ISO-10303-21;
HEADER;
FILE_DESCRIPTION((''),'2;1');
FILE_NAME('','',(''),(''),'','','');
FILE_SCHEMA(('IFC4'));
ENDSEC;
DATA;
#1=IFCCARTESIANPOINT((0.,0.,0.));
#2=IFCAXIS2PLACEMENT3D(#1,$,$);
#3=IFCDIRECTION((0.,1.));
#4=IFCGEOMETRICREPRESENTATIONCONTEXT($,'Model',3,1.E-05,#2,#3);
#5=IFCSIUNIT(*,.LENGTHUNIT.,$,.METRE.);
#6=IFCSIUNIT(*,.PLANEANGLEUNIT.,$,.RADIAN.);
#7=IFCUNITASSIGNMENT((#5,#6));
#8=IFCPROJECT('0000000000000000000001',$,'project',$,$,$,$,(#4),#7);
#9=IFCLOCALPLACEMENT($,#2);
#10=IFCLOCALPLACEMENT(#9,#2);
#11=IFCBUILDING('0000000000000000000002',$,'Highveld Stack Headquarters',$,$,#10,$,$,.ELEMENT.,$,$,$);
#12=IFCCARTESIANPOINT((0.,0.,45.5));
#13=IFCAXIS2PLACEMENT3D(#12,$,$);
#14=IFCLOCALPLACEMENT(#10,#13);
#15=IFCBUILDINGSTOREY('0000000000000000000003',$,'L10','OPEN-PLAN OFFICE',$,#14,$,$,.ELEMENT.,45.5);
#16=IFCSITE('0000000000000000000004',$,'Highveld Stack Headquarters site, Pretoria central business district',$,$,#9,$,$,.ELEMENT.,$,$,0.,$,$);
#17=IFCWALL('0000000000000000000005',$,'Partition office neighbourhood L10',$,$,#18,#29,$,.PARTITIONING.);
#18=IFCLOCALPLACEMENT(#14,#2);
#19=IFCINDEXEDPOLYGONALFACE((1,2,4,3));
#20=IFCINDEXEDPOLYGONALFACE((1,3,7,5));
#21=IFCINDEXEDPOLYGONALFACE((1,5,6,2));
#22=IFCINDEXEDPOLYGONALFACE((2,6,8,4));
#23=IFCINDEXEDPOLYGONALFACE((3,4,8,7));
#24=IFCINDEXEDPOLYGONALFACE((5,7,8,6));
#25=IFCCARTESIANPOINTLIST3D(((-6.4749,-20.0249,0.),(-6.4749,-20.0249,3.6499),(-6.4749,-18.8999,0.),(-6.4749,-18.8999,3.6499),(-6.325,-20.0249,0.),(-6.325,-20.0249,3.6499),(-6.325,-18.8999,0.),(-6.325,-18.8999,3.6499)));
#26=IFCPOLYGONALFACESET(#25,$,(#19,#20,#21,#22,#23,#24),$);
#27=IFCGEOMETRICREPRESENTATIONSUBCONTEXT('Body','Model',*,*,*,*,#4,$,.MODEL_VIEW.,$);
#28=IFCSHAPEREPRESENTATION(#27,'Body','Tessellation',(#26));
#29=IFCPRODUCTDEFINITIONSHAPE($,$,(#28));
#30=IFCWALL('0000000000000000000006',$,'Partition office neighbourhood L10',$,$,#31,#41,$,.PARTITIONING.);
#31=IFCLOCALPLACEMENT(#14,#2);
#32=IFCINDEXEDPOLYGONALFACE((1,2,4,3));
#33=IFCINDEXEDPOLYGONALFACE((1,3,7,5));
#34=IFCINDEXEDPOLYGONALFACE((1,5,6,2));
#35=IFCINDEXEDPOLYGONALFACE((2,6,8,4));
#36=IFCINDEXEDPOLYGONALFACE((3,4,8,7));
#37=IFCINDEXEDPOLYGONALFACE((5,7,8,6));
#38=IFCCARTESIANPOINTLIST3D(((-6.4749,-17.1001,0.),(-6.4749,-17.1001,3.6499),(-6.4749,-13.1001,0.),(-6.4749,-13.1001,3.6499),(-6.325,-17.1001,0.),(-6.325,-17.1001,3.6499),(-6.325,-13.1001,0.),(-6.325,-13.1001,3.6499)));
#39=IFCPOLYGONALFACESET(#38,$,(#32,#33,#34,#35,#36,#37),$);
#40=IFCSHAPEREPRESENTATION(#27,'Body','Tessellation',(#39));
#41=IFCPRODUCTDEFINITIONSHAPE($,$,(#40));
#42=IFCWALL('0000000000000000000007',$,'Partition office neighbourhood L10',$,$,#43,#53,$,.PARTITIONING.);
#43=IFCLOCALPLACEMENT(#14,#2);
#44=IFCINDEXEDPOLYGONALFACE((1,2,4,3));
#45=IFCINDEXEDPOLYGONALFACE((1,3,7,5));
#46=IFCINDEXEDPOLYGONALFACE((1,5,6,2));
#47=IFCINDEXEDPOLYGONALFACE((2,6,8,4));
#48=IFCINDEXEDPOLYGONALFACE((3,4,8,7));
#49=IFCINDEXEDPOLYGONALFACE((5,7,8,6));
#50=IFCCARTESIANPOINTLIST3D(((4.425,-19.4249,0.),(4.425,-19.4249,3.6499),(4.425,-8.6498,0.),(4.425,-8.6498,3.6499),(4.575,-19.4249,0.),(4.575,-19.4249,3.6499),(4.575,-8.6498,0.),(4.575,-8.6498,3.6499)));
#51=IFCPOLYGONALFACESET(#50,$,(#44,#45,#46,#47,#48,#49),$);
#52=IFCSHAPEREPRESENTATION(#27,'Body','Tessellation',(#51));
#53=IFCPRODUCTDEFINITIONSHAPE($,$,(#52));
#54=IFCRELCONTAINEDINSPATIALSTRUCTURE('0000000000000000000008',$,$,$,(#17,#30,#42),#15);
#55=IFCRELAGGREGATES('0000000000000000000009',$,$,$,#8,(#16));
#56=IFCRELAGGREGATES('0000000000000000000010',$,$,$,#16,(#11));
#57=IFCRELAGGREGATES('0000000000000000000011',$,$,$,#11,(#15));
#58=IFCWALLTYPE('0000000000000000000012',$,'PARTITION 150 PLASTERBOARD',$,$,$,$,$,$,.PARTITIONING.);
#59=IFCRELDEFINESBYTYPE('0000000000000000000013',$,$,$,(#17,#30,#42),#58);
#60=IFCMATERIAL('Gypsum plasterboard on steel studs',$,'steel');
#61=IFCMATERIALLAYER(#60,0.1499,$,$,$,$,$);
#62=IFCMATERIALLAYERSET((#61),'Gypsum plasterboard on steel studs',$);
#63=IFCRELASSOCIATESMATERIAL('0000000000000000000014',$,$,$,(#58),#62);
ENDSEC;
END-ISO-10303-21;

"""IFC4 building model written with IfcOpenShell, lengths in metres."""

from ifc_helpers import new_model, si_unit, direction, frame, frame_2d, origin, place, context, subcontext, project, spatial, rectangle, extrude, material, layer, layer_set, type_object, element, save


model = new_model("IFC4")

# Units and contexts
model_context = context("Model", 3, precision=1e-05, world=origin(), true_north=direction((0.0, 1.0)))
body_context = subcontext(model_context, "Body", "Model", "MODEL_VIEW")
ifc_project = project(units=[si_unit("LENGTHUNIT", "METRE"), si_unit("PLANEANGLEUNIT", "RADIAN")], contexts=[model_context])

# Site, building, storey
site_placement = place(None, origin())
site = spatial("IfcSite", under=ifc_project, at=site_placement, Name="Highveld Stack Headquarters site, Pretoria central business district", CompositionType="ELEMENT", RefElevation=0.0)
building_placement = place(site_placement, origin())
building = spatial("IfcBuilding", under=site, at=building_placement, Name="Highveld Stack Headquarters", CompositionType="ELEMENT")
storey_placement = place(building_placement, frame((0.0, 0.0, 45.5)))
storey = spatial("IfcBuildingStorey", under=building, at=storey_placement, Name="L10", Description="OPEN-PLAN OFFICE", CompositionType="ELEMENT", Elevation=45.5)

# Shared definitions
ifc_material_1 = material(Name="Gypsum plasterboard on steel studs", Category="steel")
ifc_layer = layer(ifc_material_1, 0.1499)
ifc_layer_set = layer_set([ifc_layer], Name="Gypsum plasterboard on steel studs")
wall_type = type_object("IfcWallType", Name="PARTITION 150 PLASTERBOARD", PredefinedType="PARTITIONING", material=ifc_layer_set)

# Walls
wall_1_placement = place(storey_placement, frame((-6.3999, -20.0249, 0.0), z_axis=(0.0, 0.0, 1.0), x_axis=(0.0, 1.0, 0.0)))
element("IfcWall", 1, at=wall_1_placement, inside=storey, type_object=wall_type, Name="Partition office neighbourhood L10", PredefinedType="PARTITIONING", context=body_context, shape_type="SweptSolid", body=[
    extrude(rectangle(XDim=1.125, YDim=0.1499, at=frame_2d((0.5625, 0.0))), origin(), (0.0, 0.0, 1.0), 3.6499),
])
wall_2_placement = place(storey_placement, frame((-6.3999, -17.1001, 0.0), z_axis=(0.0, 0.0, 1.0), x_axis=(0.0, 1.0, 0.0)))
element("IfcWall", 2, at=wall_2_placement, inside=storey, type_object=wall_type, Name="Partition office neighbourhood L10", PredefinedType="PARTITIONING", context=body_context, shape_type="SweptSolid", body=[
    extrude(rectangle(XDim=4.0, YDim=0.1499, at=frame_2d((2.0, 0.0))), origin(), (0.0, 0.0, 1.0), 3.6499),
])
wall_3_placement = place(storey_placement, frame((4.5, -19.425, 0.0), z_axis=(0.0, 0.0, 1.0), x_axis=(0.0, 1.0, 0.0)))
element("IfcWall", 3, at=wall_3_placement, inside=storey, type_object=wall_type, Name="Partition office neighbourhood L10", PredefinedType="PARTITIONING", context=body_context, shape_type="SweptSolid", body=[
    extrude(rectangle(XDim=10.7751, YDim=0.1499, at=frame_2d((5.3877, 0.0))), origin(), (0.0, 0.0, 1.0), 3.6499),
])

save(model, "model.ifc")
